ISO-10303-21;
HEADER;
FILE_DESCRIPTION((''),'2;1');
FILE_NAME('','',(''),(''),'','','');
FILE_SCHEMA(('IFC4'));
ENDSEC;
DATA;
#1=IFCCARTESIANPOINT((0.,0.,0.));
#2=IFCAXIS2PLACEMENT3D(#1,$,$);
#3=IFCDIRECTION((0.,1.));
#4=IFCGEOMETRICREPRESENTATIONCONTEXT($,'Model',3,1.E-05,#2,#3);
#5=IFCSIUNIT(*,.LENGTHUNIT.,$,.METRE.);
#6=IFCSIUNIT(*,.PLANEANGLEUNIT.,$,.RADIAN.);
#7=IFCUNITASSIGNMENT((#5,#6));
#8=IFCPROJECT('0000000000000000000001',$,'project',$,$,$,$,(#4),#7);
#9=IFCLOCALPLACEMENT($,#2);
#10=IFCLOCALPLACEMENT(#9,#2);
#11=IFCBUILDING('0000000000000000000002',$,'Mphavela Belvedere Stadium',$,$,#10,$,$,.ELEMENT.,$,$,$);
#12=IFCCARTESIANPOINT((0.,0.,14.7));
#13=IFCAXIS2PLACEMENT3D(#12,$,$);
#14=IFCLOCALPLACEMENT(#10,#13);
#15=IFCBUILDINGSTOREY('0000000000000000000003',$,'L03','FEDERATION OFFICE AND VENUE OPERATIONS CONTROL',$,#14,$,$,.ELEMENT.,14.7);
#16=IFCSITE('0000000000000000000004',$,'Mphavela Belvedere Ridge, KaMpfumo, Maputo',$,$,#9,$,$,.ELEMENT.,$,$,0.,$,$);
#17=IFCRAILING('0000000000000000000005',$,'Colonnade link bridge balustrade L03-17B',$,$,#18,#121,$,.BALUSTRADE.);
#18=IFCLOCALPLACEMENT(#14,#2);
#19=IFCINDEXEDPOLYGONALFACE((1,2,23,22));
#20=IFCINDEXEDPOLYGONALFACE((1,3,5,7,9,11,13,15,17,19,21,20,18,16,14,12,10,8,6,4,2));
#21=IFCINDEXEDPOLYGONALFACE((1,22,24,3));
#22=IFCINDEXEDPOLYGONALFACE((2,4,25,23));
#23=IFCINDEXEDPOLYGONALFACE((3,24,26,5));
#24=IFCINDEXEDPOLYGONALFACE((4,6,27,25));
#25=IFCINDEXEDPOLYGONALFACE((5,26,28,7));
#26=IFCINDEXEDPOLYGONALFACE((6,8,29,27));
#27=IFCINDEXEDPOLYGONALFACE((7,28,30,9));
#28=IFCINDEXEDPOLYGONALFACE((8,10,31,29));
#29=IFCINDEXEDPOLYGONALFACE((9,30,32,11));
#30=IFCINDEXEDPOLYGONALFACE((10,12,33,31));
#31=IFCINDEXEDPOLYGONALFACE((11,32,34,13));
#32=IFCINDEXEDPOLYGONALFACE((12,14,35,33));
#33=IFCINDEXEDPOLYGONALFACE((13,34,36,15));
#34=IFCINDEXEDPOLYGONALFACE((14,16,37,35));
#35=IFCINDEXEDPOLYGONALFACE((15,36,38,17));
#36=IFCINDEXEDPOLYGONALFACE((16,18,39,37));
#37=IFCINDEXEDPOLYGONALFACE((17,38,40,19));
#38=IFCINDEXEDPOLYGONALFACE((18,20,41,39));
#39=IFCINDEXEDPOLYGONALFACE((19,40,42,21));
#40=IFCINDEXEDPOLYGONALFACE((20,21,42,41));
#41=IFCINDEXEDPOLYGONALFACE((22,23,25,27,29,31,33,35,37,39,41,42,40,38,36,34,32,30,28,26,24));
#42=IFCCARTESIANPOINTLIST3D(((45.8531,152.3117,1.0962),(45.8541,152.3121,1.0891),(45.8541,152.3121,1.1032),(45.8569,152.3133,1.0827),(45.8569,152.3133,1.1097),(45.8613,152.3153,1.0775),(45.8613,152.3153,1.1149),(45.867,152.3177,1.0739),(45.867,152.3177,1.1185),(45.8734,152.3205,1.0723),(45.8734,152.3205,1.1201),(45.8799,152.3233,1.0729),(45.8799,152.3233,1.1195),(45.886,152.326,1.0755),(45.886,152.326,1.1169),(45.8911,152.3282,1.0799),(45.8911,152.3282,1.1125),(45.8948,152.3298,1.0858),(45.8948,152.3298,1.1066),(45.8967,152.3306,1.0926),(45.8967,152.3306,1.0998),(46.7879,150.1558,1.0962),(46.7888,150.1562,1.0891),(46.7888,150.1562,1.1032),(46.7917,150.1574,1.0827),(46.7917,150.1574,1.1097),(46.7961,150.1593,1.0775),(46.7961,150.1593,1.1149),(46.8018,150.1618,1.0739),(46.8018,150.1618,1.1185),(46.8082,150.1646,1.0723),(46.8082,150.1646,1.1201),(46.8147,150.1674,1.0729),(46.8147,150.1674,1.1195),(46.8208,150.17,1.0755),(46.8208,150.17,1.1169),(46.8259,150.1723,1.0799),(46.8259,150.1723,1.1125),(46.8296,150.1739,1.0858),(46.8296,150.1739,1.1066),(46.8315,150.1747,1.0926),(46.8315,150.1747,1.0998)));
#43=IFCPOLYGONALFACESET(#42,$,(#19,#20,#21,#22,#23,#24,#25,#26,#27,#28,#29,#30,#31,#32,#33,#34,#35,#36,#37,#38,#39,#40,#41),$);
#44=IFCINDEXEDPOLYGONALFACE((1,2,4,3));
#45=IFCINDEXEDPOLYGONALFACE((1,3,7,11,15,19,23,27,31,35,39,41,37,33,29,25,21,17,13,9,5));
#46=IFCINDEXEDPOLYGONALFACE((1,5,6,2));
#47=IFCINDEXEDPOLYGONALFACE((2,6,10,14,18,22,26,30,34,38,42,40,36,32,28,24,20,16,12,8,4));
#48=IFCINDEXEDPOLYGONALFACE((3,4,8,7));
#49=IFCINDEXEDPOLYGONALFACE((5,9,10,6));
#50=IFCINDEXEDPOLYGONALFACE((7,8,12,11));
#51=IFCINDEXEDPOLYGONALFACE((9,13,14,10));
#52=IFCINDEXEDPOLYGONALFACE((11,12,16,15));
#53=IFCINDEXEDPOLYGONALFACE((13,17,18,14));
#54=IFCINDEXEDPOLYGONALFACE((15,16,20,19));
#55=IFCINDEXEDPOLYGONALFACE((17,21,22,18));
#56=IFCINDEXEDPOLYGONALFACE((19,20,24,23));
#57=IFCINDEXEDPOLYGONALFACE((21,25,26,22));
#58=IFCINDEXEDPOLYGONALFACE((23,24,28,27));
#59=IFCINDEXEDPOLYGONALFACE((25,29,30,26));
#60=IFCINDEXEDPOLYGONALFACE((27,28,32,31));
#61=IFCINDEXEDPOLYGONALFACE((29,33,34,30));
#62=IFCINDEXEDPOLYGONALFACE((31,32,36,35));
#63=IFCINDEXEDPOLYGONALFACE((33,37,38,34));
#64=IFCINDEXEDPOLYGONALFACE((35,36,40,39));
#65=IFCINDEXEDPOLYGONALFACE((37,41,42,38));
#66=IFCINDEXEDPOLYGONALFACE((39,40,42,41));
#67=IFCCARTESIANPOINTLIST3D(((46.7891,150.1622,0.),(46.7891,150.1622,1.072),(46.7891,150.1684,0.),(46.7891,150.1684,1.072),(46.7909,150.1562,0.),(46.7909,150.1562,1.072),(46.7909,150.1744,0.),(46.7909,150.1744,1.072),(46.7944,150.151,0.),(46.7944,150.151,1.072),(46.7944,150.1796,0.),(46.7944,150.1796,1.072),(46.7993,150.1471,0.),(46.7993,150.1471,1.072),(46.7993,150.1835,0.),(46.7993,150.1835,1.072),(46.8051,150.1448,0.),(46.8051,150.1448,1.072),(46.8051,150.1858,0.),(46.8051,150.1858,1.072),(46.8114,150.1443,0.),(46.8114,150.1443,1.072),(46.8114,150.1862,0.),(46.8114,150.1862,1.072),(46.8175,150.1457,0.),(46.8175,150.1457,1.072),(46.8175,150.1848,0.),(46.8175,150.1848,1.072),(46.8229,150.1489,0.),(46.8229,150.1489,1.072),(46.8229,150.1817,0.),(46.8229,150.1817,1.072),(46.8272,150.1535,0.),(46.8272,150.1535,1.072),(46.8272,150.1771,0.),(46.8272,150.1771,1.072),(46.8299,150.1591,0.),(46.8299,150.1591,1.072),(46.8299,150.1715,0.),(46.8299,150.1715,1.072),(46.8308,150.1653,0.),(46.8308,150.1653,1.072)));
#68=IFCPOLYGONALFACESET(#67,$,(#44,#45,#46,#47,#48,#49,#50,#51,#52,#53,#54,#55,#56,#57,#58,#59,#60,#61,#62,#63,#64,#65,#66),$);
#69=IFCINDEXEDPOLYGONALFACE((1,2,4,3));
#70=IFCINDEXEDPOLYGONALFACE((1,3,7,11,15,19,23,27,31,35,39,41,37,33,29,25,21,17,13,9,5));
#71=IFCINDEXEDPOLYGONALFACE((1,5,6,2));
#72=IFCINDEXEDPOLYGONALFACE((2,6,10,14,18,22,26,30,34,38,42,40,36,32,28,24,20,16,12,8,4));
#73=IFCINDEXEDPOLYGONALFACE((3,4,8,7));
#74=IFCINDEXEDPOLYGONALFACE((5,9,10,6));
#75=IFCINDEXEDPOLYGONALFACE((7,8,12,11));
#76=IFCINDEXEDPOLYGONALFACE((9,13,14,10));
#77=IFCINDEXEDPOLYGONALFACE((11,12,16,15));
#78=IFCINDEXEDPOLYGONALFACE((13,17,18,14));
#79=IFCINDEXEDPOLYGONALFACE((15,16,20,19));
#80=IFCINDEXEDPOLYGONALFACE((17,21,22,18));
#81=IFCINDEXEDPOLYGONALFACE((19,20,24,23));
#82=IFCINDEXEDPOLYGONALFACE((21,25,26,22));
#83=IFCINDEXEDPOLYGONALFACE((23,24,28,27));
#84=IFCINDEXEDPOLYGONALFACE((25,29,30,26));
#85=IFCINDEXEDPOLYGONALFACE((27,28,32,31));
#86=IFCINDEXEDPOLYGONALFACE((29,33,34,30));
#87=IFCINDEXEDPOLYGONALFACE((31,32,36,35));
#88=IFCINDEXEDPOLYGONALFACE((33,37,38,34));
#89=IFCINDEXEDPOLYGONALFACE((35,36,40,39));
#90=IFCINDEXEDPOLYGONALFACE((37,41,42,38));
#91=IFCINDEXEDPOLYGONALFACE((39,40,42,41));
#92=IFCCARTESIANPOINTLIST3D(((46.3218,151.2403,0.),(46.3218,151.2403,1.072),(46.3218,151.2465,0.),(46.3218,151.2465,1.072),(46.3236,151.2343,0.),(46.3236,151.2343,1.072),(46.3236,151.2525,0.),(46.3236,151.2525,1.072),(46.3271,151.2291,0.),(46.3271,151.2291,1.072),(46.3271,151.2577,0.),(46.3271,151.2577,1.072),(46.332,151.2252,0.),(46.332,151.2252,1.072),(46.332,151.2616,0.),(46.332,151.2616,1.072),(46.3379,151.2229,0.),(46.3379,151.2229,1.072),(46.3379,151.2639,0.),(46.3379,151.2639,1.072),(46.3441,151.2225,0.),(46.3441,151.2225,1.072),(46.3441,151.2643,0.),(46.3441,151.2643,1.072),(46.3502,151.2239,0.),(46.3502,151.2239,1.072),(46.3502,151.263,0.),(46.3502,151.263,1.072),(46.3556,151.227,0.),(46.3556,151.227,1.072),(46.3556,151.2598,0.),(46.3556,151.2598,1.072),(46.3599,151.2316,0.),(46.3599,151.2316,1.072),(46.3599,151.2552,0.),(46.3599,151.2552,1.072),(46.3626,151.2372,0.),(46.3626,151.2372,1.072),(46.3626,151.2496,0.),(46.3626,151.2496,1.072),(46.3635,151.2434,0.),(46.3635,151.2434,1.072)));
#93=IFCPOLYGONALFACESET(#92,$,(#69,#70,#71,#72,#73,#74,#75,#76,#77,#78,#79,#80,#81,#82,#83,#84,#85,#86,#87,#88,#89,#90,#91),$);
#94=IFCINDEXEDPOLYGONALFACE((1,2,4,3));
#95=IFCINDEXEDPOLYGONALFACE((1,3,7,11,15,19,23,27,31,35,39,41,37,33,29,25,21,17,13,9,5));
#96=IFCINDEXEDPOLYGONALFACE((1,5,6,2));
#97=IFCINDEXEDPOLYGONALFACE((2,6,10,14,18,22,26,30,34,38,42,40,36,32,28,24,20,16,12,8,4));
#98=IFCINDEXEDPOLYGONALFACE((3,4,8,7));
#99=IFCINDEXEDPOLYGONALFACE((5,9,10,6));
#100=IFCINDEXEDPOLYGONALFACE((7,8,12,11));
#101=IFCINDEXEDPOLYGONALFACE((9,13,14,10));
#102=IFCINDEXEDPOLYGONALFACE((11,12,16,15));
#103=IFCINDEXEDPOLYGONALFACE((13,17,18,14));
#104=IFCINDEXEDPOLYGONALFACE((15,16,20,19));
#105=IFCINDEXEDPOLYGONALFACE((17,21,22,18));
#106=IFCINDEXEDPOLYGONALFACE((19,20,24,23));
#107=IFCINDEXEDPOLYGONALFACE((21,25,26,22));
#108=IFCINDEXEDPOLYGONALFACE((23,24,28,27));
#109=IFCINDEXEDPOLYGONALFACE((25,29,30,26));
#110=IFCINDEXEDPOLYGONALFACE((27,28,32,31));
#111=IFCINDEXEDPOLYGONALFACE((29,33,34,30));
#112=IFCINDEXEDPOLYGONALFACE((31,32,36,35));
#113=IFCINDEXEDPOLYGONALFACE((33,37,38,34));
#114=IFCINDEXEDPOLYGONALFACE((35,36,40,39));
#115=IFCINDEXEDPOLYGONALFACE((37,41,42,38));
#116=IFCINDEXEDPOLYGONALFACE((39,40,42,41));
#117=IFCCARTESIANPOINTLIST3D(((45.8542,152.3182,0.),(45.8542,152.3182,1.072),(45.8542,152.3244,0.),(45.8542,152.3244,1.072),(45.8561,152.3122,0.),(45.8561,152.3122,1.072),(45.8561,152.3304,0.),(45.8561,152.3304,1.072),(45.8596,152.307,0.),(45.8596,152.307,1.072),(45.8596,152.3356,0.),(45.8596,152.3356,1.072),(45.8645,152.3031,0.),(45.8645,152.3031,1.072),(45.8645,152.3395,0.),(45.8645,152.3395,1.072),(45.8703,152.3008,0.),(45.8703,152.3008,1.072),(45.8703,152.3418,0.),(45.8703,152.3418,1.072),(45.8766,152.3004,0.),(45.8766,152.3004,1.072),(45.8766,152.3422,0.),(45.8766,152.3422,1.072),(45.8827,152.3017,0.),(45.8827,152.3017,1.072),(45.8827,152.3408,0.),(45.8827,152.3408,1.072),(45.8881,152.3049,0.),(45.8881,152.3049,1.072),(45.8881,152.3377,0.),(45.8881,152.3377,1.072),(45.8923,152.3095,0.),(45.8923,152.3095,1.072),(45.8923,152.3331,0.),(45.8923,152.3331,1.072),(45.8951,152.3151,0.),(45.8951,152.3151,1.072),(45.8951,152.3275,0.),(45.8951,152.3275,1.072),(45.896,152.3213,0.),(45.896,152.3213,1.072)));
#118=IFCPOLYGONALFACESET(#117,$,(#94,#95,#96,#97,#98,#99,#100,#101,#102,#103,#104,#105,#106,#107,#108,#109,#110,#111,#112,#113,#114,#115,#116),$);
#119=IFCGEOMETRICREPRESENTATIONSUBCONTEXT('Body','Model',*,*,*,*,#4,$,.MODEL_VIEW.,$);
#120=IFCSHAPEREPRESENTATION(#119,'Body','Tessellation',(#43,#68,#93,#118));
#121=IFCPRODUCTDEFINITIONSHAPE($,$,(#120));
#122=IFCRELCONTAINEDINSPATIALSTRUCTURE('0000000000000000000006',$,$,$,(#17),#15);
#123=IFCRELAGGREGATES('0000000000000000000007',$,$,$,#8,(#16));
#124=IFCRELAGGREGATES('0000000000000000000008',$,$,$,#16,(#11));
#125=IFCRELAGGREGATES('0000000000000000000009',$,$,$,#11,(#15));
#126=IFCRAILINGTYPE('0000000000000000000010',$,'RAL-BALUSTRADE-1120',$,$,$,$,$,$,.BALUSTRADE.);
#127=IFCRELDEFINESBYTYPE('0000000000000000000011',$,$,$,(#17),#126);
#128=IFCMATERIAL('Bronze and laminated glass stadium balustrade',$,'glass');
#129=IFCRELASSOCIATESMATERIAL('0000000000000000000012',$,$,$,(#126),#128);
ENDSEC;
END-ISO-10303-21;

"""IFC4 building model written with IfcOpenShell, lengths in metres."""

from ifc_helpers import new_model, si_unit, direction, frame, origin, origin_2d, place, context, subcontext, project, spatial, circle, extrude, material, type_object, element, save


model = new_model("IFC4")

# Units and contexts
model_context = context("Model", 3, precision=1e-05, world=origin(), true_north=direction((0.0, 1.0)))
body_context = subcontext(model_context, "Body", "Model", "MODEL_VIEW")
ifc_project = project(units=[si_unit("LENGTHUNIT", "METRE"), si_unit("PLANEANGLEUNIT", "RADIAN")], contexts=[model_context])

# Site, building, storey
site_placement = place(None, origin())
site = spatial("IfcSite", under=ifc_project, at=site_placement, Name="Mphavela Belvedere Ridge, KaMpfumo, Maputo", CompositionType="ELEMENT", RefElevation=0.0)
building_placement = place(site_placement, origin())
building = spatial("IfcBuilding", under=site, at=building_placement, Name="Mphavela Belvedere Stadium", CompositionType="ELEMENT")
storey_placement = place(building_placement, frame((0.0, 0.0, 14.7)))
storey = spatial("IfcBuildingStorey", under=building, at=storey_placement, Name="L03", Description="FEDERATION OFFICE AND VENUE OPERATIONS CONTROL", CompositionType="ELEMENT", Elevation=14.7)

# Railing
ifc_material_1 = material(Name="Bronze and laminated glass stadium balustrade", Category="glass")
railing_type = type_object("IfcRailingType", Name="RAL-BALUSTRADE-1120", PredefinedType="BALUSTRADE", material=ifc_material_1)
railing_1_placement = place(storey_placement, frame((46.8098, 150.1653, 0.0)))
element("IfcRailing", 1, at=railing_1_placement, inside=storey, type_object=railing_type, Name="Colonnade link bridge balustrade L03-17B", PredefinedType="BALUSTRADE", context=body_context, shape_type="SweptSolid", body=[
    extrude(circle(Radius=0.0239, at=origin_2d()), frame((0.0, 0.0, 1.0962), z_axis=(-0.397803, 0.917471, 0.0), x_axis=(-0.917471, -0.397803, 0.0)), (0.0, 0.0, 1.0), 2.3499),
    extrude(circle(Radius=0.021, at=origin_2d()), origin(), (0.0, 0.0, 1.0), 1.072),
    extrude(circle(Radius=0.021, at=origin_2d()), frame((-0.4673, 1.0781, 0.0)), (0.0, 0.0, 1.0), 1.072),
    extrude(circle(Radius=0.021, at=origin_2d()), frame((-0.9348, 2.156, 0.0)), (0.0, 0.0, 1.0), 1.072),
])

save(model, "model.ifc")
